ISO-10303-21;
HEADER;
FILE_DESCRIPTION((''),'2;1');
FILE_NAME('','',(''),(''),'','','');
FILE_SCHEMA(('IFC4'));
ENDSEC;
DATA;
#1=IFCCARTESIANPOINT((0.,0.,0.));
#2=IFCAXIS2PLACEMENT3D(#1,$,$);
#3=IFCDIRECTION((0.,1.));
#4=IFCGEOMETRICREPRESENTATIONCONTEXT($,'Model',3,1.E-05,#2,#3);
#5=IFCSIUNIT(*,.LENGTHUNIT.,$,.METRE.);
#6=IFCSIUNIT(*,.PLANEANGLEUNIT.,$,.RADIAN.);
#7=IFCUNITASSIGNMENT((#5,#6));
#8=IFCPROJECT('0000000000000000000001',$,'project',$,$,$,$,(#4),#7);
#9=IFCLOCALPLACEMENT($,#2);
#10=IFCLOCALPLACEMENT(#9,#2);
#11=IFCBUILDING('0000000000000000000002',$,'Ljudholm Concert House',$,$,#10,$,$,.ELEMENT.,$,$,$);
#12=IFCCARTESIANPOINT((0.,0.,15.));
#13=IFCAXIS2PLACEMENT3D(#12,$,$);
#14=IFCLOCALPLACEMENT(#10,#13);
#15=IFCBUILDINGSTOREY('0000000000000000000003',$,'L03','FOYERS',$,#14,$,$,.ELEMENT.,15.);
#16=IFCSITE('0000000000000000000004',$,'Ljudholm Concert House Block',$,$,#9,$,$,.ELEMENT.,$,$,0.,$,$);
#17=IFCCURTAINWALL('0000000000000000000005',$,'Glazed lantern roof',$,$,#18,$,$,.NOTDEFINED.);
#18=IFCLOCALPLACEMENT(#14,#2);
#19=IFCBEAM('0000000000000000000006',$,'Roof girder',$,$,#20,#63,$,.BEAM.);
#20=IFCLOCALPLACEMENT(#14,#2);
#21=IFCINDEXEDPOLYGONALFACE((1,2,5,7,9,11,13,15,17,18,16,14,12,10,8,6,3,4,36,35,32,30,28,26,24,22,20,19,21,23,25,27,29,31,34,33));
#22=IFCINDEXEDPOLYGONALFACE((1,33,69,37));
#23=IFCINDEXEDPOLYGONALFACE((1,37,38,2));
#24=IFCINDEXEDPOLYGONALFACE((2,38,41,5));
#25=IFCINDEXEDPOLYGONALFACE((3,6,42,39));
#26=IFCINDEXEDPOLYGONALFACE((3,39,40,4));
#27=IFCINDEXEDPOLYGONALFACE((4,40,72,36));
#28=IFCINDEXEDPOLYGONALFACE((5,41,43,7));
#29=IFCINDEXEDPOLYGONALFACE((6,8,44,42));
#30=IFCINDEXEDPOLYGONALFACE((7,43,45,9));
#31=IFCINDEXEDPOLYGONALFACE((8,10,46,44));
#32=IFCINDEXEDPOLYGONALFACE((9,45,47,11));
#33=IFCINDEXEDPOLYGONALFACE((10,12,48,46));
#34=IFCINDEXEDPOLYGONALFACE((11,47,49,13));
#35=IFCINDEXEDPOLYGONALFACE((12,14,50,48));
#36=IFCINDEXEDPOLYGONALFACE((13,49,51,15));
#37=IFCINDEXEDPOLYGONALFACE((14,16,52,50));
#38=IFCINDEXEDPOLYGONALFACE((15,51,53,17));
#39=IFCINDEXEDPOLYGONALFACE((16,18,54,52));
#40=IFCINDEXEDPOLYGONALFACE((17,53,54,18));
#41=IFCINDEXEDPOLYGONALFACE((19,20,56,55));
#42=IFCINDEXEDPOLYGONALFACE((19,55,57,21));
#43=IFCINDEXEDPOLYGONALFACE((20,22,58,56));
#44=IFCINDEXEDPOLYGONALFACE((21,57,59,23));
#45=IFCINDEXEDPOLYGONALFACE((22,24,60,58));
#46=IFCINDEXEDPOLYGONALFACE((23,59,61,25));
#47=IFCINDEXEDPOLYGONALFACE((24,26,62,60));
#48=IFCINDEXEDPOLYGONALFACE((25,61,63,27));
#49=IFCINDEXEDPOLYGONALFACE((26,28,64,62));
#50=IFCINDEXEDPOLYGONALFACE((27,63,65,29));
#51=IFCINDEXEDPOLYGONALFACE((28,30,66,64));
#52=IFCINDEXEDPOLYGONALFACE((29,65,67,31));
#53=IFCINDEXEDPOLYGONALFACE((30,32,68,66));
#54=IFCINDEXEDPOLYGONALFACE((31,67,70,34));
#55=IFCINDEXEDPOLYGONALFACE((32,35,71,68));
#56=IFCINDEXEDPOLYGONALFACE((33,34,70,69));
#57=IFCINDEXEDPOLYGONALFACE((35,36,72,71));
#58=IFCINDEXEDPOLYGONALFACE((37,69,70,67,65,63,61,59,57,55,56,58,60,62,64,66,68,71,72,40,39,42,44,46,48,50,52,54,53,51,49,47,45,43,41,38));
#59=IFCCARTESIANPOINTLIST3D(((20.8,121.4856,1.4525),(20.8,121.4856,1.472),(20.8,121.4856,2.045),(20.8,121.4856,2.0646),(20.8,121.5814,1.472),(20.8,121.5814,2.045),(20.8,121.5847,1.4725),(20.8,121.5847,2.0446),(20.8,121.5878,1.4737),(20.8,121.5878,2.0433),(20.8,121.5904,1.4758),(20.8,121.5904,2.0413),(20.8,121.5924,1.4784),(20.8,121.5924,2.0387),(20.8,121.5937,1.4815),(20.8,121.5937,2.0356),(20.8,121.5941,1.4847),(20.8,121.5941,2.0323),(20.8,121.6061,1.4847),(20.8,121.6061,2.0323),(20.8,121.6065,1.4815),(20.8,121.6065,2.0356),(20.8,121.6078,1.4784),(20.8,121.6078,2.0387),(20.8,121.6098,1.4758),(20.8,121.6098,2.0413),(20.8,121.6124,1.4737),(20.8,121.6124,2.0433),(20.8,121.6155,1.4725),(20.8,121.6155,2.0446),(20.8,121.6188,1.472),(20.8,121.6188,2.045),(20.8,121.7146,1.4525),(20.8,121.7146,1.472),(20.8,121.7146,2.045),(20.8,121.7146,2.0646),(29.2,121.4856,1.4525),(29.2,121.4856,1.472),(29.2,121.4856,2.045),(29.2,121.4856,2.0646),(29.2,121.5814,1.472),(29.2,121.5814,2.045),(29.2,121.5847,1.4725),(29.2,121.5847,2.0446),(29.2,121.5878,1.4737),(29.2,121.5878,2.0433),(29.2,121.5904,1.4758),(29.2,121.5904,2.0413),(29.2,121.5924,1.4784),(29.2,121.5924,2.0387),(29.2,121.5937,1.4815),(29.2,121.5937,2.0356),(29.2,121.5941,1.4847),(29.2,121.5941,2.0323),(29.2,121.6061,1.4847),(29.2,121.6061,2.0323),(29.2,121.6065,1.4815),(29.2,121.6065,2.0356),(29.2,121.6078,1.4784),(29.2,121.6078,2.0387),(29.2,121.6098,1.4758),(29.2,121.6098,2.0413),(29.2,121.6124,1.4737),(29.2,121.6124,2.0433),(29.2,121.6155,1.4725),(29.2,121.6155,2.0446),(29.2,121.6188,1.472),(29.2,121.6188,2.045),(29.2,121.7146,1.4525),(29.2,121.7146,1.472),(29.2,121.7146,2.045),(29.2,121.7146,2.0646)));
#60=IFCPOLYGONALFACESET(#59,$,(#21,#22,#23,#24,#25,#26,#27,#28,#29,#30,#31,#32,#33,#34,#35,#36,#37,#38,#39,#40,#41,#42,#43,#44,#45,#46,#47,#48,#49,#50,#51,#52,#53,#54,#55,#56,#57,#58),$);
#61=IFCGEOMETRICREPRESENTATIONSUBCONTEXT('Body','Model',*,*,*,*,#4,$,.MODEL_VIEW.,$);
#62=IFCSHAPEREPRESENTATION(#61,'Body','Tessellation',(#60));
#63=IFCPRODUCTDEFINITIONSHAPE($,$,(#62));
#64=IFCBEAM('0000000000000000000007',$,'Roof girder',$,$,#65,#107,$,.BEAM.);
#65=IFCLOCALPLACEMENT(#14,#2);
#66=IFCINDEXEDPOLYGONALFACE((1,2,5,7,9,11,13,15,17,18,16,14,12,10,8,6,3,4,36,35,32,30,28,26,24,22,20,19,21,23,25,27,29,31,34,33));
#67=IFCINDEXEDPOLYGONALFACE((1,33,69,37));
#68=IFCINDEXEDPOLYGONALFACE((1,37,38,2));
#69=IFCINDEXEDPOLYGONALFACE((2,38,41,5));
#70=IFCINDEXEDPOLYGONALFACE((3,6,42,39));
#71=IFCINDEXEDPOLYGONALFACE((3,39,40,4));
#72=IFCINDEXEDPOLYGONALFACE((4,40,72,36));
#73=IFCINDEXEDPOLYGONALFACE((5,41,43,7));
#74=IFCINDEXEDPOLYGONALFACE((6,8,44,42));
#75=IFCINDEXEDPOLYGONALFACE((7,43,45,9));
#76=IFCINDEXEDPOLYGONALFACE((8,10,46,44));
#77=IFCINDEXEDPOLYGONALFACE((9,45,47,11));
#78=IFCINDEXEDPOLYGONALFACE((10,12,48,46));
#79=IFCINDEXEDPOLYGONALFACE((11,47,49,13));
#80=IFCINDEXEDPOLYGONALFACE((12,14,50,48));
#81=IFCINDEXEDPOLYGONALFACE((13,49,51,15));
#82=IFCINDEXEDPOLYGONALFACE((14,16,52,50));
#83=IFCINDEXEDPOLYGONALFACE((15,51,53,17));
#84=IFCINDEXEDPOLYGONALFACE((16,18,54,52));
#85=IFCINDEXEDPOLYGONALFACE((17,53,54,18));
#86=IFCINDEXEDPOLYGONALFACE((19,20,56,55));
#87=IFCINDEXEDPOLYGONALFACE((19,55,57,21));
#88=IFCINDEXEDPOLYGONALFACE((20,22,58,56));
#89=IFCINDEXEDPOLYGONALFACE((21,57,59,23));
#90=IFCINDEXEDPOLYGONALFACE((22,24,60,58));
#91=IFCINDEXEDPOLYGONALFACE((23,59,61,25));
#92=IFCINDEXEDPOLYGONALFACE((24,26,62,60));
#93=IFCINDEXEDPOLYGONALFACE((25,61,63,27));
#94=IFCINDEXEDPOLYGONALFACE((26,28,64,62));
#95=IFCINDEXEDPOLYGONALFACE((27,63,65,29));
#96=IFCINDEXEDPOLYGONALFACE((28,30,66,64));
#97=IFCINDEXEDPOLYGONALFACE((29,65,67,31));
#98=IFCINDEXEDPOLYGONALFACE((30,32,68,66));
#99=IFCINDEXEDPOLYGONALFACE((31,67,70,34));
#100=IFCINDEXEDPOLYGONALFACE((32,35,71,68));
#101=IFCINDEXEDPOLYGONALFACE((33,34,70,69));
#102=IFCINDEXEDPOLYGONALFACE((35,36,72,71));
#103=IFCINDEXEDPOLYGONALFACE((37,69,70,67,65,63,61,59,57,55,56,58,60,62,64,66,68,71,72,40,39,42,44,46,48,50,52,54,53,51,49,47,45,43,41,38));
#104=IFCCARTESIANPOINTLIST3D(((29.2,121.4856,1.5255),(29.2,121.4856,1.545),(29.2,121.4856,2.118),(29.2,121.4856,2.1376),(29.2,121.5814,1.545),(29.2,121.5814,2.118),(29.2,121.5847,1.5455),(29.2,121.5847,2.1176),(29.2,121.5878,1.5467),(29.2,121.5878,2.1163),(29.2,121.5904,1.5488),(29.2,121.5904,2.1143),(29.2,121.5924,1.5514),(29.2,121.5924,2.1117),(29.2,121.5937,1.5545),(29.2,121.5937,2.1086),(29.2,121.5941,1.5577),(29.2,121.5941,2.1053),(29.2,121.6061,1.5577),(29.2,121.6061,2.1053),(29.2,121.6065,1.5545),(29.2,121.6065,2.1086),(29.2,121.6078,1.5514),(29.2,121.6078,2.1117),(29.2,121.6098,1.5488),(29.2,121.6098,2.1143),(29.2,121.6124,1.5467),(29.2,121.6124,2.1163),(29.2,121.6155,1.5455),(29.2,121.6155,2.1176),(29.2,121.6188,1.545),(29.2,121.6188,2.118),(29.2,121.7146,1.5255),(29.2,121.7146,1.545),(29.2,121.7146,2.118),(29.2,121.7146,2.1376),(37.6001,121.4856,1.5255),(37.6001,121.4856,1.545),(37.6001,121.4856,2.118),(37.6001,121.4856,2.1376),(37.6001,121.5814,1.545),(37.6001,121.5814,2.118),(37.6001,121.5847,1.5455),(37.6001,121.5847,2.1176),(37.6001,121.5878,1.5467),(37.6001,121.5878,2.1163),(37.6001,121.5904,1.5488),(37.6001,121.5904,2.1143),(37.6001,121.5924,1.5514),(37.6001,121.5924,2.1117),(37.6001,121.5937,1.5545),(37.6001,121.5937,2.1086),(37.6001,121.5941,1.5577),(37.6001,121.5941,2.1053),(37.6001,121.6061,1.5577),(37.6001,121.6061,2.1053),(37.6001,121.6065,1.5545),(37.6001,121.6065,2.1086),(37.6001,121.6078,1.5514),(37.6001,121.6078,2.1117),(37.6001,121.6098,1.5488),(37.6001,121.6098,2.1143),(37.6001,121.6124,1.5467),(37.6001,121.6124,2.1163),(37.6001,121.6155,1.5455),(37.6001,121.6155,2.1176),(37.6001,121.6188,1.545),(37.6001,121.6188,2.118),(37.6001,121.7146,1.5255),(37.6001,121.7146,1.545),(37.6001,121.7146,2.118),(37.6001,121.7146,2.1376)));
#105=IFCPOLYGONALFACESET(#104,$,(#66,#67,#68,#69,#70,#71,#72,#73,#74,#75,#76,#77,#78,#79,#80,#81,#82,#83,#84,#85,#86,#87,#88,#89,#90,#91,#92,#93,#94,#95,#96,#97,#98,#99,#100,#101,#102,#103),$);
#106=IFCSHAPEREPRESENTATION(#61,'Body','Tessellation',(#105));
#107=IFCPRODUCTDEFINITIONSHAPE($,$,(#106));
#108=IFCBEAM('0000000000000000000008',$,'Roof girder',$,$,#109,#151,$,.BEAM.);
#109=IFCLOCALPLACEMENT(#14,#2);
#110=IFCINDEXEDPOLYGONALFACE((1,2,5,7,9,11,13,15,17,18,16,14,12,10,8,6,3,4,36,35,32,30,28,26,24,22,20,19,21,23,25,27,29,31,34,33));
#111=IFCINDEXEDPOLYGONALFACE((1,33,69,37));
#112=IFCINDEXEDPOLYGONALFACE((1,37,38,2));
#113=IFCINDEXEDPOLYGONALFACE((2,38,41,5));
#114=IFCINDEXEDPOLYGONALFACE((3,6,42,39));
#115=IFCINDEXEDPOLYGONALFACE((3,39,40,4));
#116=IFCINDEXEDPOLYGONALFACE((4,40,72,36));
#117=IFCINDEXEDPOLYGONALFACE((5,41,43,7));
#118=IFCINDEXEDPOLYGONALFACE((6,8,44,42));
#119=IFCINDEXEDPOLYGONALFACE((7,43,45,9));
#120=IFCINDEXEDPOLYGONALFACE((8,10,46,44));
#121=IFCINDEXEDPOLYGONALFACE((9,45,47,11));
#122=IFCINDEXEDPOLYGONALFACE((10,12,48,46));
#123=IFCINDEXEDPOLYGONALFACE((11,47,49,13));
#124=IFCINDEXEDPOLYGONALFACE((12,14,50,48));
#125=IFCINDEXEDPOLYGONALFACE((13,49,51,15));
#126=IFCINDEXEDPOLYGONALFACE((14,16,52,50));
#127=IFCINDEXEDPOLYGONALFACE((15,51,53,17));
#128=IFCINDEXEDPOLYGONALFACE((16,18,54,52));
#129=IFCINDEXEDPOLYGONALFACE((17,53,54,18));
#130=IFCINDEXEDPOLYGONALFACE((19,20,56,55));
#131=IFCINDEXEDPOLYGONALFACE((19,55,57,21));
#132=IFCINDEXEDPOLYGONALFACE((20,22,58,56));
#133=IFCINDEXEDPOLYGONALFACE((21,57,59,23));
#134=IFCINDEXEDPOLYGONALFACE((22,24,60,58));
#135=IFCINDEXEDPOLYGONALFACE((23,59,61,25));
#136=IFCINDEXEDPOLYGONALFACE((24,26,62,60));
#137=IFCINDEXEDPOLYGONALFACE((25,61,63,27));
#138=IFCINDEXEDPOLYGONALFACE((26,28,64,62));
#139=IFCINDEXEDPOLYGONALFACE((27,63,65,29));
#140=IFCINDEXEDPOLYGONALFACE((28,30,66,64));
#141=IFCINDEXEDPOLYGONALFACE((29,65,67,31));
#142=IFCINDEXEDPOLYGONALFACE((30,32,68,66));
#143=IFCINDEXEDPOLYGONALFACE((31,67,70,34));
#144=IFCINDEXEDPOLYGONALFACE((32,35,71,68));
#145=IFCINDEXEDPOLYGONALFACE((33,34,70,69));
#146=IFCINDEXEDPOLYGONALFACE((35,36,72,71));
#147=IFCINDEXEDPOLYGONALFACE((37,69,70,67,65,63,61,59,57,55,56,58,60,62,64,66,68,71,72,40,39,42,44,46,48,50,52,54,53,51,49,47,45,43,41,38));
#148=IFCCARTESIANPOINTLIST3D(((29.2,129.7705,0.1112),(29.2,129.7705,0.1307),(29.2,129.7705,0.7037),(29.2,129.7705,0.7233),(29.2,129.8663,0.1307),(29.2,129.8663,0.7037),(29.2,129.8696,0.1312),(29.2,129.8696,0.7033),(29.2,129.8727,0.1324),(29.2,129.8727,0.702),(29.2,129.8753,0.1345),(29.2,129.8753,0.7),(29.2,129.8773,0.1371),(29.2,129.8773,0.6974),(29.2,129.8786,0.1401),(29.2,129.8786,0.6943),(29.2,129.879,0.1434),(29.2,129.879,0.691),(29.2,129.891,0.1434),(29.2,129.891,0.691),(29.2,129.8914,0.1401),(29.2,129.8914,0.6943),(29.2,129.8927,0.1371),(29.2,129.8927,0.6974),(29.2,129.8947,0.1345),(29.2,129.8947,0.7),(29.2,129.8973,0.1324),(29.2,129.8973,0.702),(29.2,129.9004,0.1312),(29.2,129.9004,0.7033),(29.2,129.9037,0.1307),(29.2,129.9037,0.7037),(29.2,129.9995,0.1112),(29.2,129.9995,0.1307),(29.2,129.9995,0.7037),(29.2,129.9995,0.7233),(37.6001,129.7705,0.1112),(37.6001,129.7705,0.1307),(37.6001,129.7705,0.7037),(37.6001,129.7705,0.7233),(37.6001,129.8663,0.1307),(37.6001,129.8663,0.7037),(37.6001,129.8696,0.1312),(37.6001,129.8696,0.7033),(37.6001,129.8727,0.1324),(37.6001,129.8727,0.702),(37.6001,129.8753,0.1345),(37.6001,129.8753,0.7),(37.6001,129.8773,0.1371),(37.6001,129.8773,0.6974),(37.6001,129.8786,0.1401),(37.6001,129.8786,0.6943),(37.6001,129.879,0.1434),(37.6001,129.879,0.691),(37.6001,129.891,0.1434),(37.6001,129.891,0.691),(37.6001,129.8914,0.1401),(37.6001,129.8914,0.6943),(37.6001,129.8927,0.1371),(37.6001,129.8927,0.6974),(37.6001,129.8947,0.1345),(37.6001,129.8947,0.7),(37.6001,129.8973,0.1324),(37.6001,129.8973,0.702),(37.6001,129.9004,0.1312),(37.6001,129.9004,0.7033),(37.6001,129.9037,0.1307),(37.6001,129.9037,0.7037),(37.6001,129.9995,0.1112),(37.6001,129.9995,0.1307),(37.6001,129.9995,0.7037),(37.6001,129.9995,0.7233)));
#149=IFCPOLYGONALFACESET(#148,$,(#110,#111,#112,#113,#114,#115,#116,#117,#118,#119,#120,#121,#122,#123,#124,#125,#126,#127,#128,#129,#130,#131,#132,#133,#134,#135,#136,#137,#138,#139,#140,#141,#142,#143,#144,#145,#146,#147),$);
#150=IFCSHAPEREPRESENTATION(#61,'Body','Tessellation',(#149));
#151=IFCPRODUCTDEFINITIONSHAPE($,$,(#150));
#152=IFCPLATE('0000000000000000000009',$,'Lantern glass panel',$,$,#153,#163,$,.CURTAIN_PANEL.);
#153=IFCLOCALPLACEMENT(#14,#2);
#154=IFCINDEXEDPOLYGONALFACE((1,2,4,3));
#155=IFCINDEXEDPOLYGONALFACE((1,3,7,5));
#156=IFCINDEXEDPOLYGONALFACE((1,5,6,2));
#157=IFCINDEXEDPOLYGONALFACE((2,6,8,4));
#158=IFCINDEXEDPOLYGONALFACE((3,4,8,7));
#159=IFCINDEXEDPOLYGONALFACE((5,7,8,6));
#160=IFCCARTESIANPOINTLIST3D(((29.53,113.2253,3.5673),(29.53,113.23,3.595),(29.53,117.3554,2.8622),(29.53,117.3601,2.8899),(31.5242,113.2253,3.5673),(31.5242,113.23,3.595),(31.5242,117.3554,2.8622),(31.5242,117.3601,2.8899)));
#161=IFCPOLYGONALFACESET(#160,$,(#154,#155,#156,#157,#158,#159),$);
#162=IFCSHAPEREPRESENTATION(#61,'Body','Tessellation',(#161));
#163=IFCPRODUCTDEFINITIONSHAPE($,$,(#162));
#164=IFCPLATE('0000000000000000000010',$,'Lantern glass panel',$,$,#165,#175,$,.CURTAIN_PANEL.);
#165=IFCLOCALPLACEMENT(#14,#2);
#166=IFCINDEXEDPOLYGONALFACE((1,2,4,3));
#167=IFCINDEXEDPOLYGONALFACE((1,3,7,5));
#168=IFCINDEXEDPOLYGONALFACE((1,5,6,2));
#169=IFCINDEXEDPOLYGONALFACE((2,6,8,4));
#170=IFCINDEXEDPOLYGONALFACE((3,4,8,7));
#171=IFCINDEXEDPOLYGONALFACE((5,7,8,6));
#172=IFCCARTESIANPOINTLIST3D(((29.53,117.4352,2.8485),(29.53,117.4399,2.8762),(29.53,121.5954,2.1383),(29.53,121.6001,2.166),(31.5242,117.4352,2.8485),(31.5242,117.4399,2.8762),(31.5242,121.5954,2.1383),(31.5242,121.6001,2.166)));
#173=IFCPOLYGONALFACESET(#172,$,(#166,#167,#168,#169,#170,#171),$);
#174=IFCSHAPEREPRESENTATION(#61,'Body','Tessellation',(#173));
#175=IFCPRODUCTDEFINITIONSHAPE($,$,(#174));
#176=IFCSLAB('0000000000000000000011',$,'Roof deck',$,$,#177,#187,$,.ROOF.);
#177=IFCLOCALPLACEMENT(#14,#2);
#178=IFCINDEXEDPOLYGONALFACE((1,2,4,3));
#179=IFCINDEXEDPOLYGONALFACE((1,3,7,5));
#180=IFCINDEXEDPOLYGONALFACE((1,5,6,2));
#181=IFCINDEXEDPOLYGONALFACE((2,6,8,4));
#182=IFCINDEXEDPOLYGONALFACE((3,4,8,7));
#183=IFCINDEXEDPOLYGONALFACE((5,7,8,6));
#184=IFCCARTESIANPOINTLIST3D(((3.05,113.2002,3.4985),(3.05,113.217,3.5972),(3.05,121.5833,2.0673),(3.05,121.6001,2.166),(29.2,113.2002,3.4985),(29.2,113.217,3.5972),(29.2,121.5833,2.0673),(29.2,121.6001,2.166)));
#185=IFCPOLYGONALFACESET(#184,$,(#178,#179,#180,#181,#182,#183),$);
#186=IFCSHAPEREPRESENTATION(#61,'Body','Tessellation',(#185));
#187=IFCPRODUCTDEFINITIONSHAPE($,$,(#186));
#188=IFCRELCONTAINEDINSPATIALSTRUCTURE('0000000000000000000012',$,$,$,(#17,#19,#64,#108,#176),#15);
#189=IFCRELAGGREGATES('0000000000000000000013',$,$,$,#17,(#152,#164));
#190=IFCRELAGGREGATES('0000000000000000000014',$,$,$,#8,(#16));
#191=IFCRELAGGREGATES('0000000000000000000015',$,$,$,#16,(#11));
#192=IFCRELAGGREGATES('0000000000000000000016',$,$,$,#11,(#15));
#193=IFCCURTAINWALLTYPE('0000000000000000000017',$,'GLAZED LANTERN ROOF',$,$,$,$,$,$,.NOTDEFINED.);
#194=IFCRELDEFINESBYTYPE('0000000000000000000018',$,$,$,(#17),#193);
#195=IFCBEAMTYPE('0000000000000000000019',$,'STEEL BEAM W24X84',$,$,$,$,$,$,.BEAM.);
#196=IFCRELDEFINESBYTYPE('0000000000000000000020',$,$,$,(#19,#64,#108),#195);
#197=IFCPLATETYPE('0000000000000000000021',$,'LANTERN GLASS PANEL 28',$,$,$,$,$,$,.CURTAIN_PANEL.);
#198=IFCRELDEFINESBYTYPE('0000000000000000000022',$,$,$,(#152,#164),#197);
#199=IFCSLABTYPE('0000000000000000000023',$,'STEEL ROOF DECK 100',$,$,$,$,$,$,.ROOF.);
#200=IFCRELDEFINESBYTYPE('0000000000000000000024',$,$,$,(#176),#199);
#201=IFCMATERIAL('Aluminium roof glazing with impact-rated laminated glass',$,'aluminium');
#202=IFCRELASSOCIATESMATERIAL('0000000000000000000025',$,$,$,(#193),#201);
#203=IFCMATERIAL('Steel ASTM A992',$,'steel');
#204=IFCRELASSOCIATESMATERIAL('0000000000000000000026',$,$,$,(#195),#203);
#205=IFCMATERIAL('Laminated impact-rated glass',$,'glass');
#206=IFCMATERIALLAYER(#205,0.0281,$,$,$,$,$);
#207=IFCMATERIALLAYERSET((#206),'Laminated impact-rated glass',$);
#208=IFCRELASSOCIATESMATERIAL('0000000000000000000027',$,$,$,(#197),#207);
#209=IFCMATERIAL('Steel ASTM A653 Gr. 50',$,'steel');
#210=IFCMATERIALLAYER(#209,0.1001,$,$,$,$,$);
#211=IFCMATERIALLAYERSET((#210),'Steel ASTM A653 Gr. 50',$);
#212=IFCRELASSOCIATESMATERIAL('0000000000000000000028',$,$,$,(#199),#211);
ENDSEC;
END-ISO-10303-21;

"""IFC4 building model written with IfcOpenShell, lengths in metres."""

from ifc_helpers import new_model, si_unit, direction, frame, origin, origin_2d, place, context, subcontext, project, spatial, polyline, i_section, outline, extrude, material, layer, layer_set, material_profile, profile_set, type_object, element, aggregate, save


model = new_model("IFC4")

# Units and contexts
model_context = context("Model", 3, precision=1e-05, world=origin(), true_north=direction((0.0, 1.0)))
body_context = subcontext(model_context, "Body", "Model", "MODEL_VIEW")
ifc_project = project(units=[si_unit("LENGTHUNIT", "METRE"), si_unit("PLANEANGLEUNIT", "RADIAN")], contexts=[model_context])

# Site, building, storey
site_placement = place(None, origin())
site = spatial("IfcSite", under=ifc_project, at=site_placement, Name="Ljudholm Concert House Block", CompositionType="ELEMENT", RefElevation=0.0)
building_placement = place(site_placement, origin())
building = spatial("IfcBuilding", under=site, at=building_placement, Name="Ljudholm Concert House", CompositionType="ELEMENT")
storey_placement = place(building_placement, frame((0.0, 0.0, 15.0)))
storey = spatial("IfcBuildingStorey", under=building, at=storey_placement, Name="L03", Description="FOYERS", CompositionType="ELEMENT", Elevation=15.0)

# Curtain wall
ifc_material_1 = material(Name="Aluminium roof glazing with impact-rated laminated glass", Category="aluminium")
curtain_wall_type = type_object("IfcCurtainWallType", Name="GLAZED LANTERN ROOF", PredefinedType="NOTDEFINED", material=ifc_material_1)
curtain_wall_placement = place(storey_placement, origin())
curtain_wall = element("IfcCurtainWall", 1, at=curtain_wall_placement, inside=storey, type_object=curtain_wall_type, Name="Glazed lantern roof", PredefinedType="NOTDEFINED")

# Beams
ifc_material_2 = material(Name="Steel ASTM A992", Category="steel")
ifc_material_profile_1 = material_profile(ifc_material_2, i_section(OverallWidth=0.229, OverallDepth=0.6121, WebThickness=0.012, FlangeThickness=0.0195, FilletRadius=0.0127, at=origin_2d()), Name="W24X84")
ifc_profile_set_1 = profile_set([ifc_material_profile_1], Name="Steel ASTM A992")
beam_type_1 = type_object("IfcBeamType", Name="STEEL BEAM W24X84", PredefinedType="BEAM", material=ifc_profile_set_1)
beam_1_placement = place(storey_placement, frame((20.8, 121.6001, 1.7585), z_axis=(1.0, 0.0, 0.0), x_axis=(0.0, 1.0, 0.0)))
element("IfcBeam", 2, at=beam_1_placement, inside=storey, type_object=beam_type_1, Name="Roof girder", PredefinedType="BEAM", context=body_context, shape_type="SweptSolid", body=[
    extrude(i_section(OverallWidth=0.229, OverallDepth=0.6121, WebThickness=0.012, FlangeThickness=0.0195, FilletRadius=0.0127, at=origin_2d()), origin(), (0.0, 0.0, 1.0), 8.3999),
])
for number, where, z_axis, x_axis, name in (
    (3, (29.2, 121.6001, 1.8315), (1.0, 0.0, 0.0), (0.0, 1.0, 0.0), "Roof girder"),
    (4, (29.2, 129.885, 0.4172), (1.0, 0.0, 0.0), (0.0, 1.0, 0.0), "Roof girder"),
):
    element("IfcBeam", number, at=place(storey_placement, frame(where, z_axis=z_axis, x_axis=x_axis)), inside=storey, type_object=beam_type_1, Name=name, PredefinedType="BEAM", context=body_context, shape_type="SweptSolid", body=[
        extrude(i_section(OverallWidth=0.229, OverallDepth=0.6121, WebThickness=0.012, FlangeThickness=0.0195, FilletRadius=0.0127, at=origin_2d()), origin(), (0.0, 0.0, 1.0), 8.4001),
    ])

# Plates
ifc_material_3 = material(Name="Laminated impact-rated glass", Category="glass")
ifc_layer_1 = layer(ifc_material_3, 0.0281)
ifc_layer_set_1 = layer_set([ifc_layer_1], Name="Laminated impact-rated glass")
plate_type = type_object("IfcPlateType", Name="LANTERN GLASS PANEL 28", PredefinedType="CURTAIN_PANEL", material=ifc_layer_set_1)
plate_1_placement = place(storey_placement, frame((29.53, 113.23, 3.595), z_axis=(0.0, 0.168281, 0.985739), x_axis=(1.0, 0.0, 0.0)))
plate_1 = element("IfcPlate", 5, at=plate_1_placement, type_object=plate_type, Name="Lantern glass panel", PredefinedType="CURTAIN_PANEL", context=body_context, shape_type="SweptSolid", body=[
    extrude(outline(polyline([(0.0, 0.0), (1.9941, 0.0), (1.9941, 4.1899), (0.0, 4.1899), (0.0, 0.0)])), origin(), (0.0, 0.0, -1.0), 0.0281),
])
plate_2_placement = place(storey_placement, frame((29.53, 117.4399, 2.8762), z_axis=(0.0, 0.168281, 0.985739), x_axis=(1.0, 0.0, 0.0)))
plate_2 = element("IfcPlate", 6, at=plate_2_placement, type_object=plate_type, Name="Lantern glass panel", PredefinedType="CURTAIN_PANEL", context=body_context, shape_type="SweptSolid", body=[
    extrude(outline(polyline([(0.0, 0.0), (1.9941, 0.0), (1.9941, 4.2203), (0.0, 4.2203), (0.0, 0.0)])), origin(), (0.0, 0.0, -1.0), 0.0281),
])
aggregate(curtain_wall, [plate_1, plate_2])

# Slab
ifc_material_4 = material(Name="Steel ASTM A653 Gr. 50", Category="steel")
ifc_layer_2 = layer(ifc_material_4, 0.1001)
ifc_layer_set_2 = layer_set([ifc_layer_2], Name="Steel ASTM A653 Gr. 50")
slab_type = type_object("IfcSlabType", Name="STEEL ROOF DECK 100", PredefinedType="ROOF", material=ifc_layer_set_2)
slab_placement = place(storey_placement, frame((3.05, 113.217, 3.5972), z_axis=(0.0, 0.168285, 0.985738), x_axis=(1.0, 0.0, 0.0)))
element("IfcSlab", 7, at=slab_placement, inside=storey, type_object=slab_type, Name="Roof deck", PredefinedType="ROOF", context=body_context, shape_type="SweptSolid", body=[
    extrude(outline(polyline([(0.0, 0.0), (26.1499, 0.0), (26.1499, 8.5043), (0.0, 8.5043), (0.0, 0.0)])), origin(), (0.0, 0.0, -1.0), 0.1001),
])

save(model, "model.ifc")
